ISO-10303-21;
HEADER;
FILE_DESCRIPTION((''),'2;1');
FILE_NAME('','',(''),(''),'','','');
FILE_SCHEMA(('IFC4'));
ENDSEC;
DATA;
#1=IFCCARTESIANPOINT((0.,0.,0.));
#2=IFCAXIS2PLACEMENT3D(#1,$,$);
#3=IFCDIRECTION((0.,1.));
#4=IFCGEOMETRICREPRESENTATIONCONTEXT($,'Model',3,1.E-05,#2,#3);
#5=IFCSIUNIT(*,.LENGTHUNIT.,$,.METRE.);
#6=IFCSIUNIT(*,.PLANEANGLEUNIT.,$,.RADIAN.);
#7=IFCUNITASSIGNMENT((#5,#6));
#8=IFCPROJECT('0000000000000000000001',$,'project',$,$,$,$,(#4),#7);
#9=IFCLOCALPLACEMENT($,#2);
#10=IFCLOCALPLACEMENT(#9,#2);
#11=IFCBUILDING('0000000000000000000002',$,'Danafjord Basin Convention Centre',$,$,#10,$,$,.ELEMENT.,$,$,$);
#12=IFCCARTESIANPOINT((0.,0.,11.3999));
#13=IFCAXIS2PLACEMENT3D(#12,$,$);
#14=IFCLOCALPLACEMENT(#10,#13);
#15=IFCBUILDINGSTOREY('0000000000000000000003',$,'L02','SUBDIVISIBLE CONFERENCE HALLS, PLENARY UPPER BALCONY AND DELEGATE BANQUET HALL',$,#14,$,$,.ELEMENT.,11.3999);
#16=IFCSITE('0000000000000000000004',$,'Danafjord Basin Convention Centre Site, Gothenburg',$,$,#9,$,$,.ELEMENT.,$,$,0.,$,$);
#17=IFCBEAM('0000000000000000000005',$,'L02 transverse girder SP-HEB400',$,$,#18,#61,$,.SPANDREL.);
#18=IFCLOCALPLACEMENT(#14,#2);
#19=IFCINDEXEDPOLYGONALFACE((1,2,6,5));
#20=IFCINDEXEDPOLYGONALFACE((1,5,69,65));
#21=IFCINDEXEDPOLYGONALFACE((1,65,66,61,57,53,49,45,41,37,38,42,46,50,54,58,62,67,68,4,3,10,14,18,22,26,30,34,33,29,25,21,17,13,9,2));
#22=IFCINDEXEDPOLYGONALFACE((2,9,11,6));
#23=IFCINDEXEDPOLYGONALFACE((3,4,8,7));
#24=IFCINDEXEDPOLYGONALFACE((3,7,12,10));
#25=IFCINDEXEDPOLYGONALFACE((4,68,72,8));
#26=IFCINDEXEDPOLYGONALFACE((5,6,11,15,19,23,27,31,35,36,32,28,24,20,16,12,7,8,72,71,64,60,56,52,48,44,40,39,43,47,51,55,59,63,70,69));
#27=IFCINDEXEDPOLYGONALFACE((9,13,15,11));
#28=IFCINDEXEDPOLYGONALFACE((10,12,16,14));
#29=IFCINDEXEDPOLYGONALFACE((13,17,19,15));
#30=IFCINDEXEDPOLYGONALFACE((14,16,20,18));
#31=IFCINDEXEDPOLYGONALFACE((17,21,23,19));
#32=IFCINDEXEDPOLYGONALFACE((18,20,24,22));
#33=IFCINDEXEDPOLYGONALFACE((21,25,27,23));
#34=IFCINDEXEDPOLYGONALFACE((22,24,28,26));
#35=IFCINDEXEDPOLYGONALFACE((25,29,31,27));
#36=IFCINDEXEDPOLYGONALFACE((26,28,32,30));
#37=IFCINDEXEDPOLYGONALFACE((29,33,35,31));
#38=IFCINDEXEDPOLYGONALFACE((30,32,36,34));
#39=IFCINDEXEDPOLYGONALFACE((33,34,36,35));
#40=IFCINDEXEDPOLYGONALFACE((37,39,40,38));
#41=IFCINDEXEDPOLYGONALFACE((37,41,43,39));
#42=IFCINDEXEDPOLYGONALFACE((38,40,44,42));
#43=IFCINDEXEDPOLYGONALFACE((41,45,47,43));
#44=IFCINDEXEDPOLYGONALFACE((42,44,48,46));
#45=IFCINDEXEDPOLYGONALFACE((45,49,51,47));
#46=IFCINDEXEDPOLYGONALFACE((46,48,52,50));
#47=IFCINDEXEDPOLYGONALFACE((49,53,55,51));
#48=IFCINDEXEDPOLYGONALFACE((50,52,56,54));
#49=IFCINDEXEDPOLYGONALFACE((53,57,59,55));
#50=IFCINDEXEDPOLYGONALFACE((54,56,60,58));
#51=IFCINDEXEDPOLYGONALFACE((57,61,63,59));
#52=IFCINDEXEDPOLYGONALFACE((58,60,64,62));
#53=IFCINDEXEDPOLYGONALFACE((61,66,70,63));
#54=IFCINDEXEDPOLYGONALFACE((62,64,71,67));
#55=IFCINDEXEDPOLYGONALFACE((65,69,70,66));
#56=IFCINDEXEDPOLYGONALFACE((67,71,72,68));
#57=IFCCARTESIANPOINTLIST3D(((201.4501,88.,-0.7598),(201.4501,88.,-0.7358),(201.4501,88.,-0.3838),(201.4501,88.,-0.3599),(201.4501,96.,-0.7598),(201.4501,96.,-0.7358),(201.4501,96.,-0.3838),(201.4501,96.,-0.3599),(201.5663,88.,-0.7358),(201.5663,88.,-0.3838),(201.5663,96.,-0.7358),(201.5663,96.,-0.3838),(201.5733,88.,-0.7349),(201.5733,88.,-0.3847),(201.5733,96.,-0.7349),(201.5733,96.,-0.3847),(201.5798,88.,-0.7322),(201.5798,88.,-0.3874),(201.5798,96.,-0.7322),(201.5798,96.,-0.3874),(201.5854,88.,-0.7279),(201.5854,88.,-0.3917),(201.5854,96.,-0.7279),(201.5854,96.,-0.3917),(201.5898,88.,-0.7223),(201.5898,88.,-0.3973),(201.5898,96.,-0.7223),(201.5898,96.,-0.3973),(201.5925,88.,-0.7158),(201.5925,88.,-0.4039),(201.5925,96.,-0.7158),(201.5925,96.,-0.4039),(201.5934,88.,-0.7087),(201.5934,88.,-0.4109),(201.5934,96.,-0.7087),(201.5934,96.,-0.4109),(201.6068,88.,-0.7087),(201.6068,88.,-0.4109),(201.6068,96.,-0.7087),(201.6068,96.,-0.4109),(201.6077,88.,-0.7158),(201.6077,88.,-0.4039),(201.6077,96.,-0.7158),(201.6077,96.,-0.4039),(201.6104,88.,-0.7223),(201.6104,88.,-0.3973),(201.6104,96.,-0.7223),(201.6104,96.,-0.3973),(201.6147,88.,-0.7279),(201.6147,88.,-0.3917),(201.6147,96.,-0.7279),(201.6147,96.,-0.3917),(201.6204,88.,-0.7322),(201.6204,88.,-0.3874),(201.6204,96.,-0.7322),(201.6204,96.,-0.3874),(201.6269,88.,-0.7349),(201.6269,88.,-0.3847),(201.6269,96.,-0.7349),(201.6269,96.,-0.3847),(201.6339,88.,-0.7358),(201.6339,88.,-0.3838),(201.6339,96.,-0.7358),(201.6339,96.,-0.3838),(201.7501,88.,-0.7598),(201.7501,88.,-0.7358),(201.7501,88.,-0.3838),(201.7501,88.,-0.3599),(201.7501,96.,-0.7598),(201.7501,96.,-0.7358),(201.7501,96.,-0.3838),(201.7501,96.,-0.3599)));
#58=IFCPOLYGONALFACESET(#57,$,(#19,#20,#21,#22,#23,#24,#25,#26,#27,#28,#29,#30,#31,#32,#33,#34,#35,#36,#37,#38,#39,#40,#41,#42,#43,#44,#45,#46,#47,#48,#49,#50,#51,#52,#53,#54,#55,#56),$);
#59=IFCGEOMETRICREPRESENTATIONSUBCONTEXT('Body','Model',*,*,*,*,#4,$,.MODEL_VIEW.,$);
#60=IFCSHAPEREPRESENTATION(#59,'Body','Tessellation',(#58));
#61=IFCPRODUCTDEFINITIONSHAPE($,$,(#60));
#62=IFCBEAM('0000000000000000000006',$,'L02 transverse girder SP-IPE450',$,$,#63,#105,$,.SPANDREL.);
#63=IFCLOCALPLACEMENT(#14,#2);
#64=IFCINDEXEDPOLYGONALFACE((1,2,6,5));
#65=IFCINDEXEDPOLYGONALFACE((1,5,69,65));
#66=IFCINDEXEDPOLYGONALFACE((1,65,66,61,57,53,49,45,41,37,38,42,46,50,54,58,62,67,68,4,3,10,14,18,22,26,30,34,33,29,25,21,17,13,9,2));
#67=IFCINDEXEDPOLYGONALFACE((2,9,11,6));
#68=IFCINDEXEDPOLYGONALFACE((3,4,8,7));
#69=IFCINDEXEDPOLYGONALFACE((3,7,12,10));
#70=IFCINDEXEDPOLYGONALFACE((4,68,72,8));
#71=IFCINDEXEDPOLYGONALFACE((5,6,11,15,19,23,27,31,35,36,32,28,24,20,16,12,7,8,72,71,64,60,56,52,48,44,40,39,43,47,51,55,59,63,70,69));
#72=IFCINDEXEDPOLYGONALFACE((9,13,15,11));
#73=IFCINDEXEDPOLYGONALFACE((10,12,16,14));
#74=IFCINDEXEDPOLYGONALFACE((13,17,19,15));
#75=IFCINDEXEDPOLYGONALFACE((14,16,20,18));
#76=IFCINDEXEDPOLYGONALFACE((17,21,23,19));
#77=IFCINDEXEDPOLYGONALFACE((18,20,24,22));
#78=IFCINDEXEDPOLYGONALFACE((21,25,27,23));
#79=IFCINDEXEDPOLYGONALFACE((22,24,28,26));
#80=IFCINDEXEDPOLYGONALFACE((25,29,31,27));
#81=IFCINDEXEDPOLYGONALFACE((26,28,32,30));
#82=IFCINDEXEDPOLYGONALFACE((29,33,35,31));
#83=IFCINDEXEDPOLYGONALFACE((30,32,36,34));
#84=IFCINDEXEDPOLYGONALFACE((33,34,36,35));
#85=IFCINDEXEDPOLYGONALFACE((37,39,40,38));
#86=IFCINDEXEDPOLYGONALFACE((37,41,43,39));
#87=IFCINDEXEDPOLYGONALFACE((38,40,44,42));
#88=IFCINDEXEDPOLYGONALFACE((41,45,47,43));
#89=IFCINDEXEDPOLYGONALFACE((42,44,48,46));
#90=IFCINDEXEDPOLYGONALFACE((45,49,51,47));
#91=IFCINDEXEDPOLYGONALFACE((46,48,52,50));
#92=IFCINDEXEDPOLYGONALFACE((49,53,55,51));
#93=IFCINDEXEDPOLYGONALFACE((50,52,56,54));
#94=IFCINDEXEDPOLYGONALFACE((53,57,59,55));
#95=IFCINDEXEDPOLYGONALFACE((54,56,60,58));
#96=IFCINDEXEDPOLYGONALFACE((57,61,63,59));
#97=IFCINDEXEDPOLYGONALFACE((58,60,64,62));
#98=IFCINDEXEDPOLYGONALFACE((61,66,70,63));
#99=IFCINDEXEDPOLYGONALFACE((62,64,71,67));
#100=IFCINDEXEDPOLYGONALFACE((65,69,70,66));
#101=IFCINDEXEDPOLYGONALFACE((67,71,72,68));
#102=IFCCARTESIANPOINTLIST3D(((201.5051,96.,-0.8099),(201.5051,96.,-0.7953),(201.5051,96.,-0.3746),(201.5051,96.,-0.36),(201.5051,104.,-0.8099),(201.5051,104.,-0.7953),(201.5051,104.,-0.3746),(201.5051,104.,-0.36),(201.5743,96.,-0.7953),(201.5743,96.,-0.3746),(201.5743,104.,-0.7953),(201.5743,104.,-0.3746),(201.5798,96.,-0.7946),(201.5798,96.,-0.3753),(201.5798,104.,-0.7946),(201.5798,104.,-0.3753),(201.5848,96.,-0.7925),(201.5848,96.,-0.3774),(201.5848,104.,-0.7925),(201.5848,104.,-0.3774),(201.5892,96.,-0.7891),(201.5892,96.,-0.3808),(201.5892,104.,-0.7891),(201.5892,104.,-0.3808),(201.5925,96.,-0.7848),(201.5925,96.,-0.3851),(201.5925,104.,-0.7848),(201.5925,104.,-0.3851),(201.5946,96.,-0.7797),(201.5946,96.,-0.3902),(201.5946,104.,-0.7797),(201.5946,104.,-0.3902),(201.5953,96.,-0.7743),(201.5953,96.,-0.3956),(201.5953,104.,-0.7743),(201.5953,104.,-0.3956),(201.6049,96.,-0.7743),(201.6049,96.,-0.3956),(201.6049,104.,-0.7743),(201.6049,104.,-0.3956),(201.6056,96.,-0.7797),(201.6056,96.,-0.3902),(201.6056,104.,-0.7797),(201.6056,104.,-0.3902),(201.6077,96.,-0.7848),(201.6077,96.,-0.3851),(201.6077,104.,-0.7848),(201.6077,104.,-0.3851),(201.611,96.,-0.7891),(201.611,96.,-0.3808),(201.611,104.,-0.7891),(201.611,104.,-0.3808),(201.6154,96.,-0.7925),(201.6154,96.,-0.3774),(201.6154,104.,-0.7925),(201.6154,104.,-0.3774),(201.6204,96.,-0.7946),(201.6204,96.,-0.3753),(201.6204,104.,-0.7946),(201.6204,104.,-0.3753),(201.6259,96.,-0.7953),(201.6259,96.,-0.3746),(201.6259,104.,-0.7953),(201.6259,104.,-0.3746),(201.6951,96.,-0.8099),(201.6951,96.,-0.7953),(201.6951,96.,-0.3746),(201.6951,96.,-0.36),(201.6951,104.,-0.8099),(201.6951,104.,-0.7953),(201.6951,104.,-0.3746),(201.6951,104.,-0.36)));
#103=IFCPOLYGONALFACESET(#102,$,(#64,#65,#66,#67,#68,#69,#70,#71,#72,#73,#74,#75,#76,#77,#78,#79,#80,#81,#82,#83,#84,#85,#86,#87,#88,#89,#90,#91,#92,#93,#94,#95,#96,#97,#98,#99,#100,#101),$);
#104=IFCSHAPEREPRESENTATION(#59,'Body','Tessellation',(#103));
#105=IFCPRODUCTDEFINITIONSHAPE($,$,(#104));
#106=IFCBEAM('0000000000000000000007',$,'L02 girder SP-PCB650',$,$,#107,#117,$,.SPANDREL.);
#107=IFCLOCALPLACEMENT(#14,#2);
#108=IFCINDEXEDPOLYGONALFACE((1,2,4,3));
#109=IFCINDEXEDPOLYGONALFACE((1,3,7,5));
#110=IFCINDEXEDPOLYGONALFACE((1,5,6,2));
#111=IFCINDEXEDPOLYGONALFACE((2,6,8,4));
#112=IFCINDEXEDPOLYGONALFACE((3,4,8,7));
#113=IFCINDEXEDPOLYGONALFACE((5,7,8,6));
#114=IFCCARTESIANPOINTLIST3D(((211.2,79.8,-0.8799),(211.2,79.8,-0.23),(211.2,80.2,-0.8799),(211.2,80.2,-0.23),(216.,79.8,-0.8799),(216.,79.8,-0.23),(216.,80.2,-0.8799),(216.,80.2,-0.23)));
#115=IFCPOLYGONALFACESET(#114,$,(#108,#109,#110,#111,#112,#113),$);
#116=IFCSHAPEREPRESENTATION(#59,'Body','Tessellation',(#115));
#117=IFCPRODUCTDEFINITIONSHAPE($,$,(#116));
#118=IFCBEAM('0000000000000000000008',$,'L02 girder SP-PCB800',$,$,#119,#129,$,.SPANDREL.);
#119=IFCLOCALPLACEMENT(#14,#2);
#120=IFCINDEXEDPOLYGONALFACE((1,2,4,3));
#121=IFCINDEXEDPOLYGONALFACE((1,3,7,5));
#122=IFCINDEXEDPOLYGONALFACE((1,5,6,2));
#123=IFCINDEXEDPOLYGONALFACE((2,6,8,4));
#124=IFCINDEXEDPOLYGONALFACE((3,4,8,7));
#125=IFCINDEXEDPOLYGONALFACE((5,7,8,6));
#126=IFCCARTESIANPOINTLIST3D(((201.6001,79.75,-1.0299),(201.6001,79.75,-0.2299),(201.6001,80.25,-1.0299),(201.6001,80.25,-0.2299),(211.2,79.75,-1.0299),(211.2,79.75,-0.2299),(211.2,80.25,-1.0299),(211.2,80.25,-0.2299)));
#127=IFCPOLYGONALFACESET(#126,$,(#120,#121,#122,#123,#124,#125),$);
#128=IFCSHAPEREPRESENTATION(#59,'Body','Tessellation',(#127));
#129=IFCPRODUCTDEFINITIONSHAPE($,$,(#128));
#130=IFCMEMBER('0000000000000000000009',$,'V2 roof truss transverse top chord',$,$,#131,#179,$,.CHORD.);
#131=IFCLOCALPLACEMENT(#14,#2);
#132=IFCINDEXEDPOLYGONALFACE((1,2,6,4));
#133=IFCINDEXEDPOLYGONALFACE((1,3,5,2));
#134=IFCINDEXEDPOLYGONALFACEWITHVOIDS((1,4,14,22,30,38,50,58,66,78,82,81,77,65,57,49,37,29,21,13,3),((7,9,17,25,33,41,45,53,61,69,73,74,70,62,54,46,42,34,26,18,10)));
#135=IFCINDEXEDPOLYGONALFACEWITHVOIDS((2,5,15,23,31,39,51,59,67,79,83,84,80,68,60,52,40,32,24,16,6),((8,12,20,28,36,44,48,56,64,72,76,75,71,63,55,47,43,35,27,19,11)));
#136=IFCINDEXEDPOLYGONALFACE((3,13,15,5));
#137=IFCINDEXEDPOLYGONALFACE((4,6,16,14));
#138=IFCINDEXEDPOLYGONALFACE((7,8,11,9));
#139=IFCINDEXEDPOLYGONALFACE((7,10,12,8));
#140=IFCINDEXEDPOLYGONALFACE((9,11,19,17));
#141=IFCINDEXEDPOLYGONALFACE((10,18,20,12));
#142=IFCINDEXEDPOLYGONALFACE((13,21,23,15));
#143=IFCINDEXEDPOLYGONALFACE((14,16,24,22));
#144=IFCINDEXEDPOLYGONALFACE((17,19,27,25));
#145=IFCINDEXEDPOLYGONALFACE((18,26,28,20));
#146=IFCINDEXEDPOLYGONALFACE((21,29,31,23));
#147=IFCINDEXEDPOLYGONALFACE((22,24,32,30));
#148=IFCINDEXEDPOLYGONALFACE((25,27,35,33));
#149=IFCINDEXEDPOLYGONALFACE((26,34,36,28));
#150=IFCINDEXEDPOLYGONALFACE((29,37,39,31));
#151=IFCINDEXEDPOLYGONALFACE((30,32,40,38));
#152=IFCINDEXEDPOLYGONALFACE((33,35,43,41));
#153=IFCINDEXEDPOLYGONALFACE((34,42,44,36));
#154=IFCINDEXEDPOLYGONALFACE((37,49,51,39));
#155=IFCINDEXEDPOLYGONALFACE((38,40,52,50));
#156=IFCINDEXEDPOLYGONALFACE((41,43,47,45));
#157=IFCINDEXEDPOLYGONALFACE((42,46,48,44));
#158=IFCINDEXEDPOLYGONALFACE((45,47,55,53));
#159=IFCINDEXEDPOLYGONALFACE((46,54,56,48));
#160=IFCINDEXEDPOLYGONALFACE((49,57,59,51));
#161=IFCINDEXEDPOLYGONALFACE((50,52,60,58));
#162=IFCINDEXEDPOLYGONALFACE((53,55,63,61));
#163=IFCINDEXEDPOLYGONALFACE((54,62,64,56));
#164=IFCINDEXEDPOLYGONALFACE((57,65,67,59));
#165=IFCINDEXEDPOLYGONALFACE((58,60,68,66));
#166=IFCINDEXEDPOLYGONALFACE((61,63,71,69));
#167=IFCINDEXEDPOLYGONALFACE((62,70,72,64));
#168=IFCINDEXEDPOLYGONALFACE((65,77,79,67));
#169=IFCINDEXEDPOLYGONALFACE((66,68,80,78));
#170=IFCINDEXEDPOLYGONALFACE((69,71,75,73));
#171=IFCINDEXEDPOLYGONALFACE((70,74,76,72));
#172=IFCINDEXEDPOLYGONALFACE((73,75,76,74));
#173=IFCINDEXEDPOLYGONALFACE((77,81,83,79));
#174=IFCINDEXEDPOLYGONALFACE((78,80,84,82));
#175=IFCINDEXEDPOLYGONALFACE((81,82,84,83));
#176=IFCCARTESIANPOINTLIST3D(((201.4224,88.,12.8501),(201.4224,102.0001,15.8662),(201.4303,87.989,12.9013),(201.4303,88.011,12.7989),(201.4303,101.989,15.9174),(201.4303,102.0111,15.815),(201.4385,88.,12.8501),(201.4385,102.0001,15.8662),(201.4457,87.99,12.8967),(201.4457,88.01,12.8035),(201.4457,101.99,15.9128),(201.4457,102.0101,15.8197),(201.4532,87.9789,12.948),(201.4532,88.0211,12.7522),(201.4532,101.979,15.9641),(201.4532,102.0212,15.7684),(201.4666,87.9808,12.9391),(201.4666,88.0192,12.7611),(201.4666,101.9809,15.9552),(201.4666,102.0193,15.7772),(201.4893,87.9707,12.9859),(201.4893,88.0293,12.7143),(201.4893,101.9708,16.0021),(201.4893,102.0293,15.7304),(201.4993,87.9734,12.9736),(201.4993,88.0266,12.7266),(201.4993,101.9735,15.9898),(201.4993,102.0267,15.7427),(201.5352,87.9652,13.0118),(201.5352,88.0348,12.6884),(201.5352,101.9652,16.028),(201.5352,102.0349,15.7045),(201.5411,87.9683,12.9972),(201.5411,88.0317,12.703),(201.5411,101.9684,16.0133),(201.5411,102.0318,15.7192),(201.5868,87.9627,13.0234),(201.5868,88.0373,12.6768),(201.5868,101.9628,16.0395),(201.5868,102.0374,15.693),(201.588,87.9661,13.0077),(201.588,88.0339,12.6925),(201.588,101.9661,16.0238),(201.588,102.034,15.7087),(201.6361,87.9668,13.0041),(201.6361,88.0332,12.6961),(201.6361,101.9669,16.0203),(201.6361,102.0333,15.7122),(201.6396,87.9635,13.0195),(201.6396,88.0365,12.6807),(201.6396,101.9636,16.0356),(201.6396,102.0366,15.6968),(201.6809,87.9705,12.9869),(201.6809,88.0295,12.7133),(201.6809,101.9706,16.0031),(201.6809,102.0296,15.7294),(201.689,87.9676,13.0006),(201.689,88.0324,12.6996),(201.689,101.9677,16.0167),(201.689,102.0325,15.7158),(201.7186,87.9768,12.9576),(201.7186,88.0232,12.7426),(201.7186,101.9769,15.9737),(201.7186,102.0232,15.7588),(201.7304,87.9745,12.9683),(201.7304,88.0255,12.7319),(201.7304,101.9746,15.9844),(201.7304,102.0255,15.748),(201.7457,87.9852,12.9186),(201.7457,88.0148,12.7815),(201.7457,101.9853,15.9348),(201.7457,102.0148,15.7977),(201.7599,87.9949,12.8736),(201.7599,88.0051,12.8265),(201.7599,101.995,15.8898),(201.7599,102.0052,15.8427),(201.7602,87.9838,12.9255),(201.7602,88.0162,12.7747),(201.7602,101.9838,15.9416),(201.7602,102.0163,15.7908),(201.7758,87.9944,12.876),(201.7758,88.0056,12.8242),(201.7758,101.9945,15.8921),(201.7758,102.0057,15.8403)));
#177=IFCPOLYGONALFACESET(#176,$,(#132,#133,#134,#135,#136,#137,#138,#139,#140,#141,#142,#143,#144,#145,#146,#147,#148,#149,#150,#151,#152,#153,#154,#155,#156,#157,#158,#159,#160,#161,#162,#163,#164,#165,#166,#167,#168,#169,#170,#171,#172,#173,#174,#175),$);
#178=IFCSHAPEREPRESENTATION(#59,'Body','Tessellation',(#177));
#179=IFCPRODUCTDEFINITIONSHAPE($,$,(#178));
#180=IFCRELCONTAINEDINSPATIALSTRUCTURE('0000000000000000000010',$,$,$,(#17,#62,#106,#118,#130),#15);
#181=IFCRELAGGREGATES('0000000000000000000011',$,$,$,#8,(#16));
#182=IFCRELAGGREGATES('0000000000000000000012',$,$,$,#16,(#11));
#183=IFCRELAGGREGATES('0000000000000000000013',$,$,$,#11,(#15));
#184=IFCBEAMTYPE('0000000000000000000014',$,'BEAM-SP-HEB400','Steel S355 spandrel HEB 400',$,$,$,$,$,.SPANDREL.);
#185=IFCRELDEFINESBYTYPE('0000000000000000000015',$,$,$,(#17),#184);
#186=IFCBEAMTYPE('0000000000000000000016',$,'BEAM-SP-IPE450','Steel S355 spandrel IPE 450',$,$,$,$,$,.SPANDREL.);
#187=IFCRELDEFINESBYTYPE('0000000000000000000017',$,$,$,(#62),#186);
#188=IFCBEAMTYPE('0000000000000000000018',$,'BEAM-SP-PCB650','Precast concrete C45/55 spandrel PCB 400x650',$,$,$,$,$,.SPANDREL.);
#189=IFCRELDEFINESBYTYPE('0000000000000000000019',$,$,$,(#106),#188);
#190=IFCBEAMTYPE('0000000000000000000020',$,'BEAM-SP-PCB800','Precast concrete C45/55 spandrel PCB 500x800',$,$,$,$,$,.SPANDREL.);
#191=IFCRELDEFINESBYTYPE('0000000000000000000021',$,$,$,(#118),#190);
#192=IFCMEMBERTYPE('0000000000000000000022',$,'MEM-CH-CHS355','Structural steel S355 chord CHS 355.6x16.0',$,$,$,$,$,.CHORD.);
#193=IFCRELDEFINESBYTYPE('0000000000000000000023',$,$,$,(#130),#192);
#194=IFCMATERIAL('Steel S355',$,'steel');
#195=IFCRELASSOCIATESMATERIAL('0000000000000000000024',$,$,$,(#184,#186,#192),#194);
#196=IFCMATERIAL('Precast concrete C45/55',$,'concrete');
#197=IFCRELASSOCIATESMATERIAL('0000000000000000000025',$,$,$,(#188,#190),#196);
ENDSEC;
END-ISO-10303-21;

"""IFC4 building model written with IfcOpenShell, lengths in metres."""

from ifc_helpers import new_model, si_unit, direction, frame, origin, origin_2d, place, context, subcontext, project, spatial, rectangle, hollow_circle, i_section, extrude, material, material_profile, profile_set, type_object, element, save


model = new_model("IFC4")

# Units and contexts
model_context = context("Model", 3, precision=1e-05, world=origin(), true_north=direction((0.0, 1.0)))
body_context = subcontext(model_context, "Body", "Model", "MODEL_VIEW")
ifc_project = project(units=[si_unit("LENGTHUNIT", "METRE"), si_unit("PLANEANGLEUNIT", "RADIAN")], contexts=[model_context])

# Site, building, storey
site_placement = place(None, origin())
site = spatial("IfcSite", under=ifc_project, at=site_placement, Name="Danafjord Basin Convention Centre Site, Gothenburg", CompositionType="ELEMENT", RefElevation=0.0)
building_placement = place(site_placement, origin())
building = spatial("IfcBuilding", under=site, at=building_placement, Name="Danafjord Basin Convention Centre", CompositionType="ELEMENT")
storey_placement = place(building_placement, frame((0.0, 0.0, 11.3999)))
storey = spatial("IfcBuildingStorey", under=building, at=storey_placement, Name="L02", Description="SUBDIVISIBLE CONFERENCE HALLS, PLENARY UPPER BALCONY AND DELEGATE BANQUET HALL", CompositionType="ELEMENT", Elevation=11.3999)

# Shared definitions
ifc_material_1 = material(Name="Steel S355", Category="steel")

# Beams
ifc_material_profile_1 = material_profile(ifc_material_1, i_section(OverallWidth=0.3, OverallDepth=0.3999, WebThickness=0.0134, FlangeThickness=0.0239, FilletRadius=0.0271, at=origin_2d()), Name="HEB 400")
ifc_profile_set_1 = profile_set([ifc_material_profile_1], Name="Steel S355")
beam_type_1 = type_object("IfcBeamType", Name="BEAM-SP-HEB400", Description="Steel S355 spandrel HEB 400", PredefinedType="SPANDREL", material=ifc_profile_set_1)
beam_1_placement = place(storey_placement, frame((201.6001, 88.0, -0.5598), z_axis=(0.0, 1.0, 0.0), x_axis=(-1.0, 0.0, 0.0)))
element("IfcBeam", 1, at=beam_1_placement, inside=storey, type_object=beam_type_1, Name="L02 transverse girder SP-HEB400", PredefinedType="SPANDREL", context=body_context, shape_type="SweptSolid", body=[
    extrude(i_section(OverallWidth=0.3, OverallDepth=0.3999, WebThickness=0.0134, FlangeThickness=0.0239, FilletRadius=0.0271, at=origin_2d()), origin(), (0.0, 0.0, 1.0), 8.0),
])
ifc_material_profile_2 = material_profile(ifc_material_1, i_section(OverallWidth=0.1899, OverallDepth=0.45, WebThickness=0.0095, FlangeThickness=0.0146, FilletRadius=0.021, at=origin_2d()), Name="IPE 450")
ifc_profile_set_2 = profile_set([ifc_material_profile_2], Name="Steel S355")
beam_type_2 = type_object("IfcBeamType", Name="BEAM-SP-IPE450", Description="Steel S355 spandrel IPE 450", PredefinedType="SPANDREL", material=ifc_profile_set_2)
beam_2_placement = place(storey_placement, frame((201.6001, 96.0, -0.585), z_axis=(0.0, 1.0, 0.0), x_axis=(-1.0, 0.0, 0.0)))
element("IfcBeam", 2, at=beam_2_placement, inside=storey, type_object=beam_type_2, Name="L02 transverse girder SP-IPE450", PredefinedType="SPANDREL", context=body_context, shape_type="SweptSolid", body=[
    extrude(i_section(OverallWidth=0.1899, OverallDepth=0.45, WebThickness=0.0095, FlangeThickness=0.0146, FilletRadius=0.021, at=origin_2d()), origin(), (0.0, 0.0, 1.0), 8.0),
])
ifc_material_2 = material(Name="Precast concrete C45/55", Category="concrete")
ifc_material_profile_3 = material_profile(ifc_material_2, rectangle(XDim=0.3999, YDim=0.6499, at=origin_2d()), Name="PCB 400x650")
ifc_profile_set_3 = profile_set([ifc_material_profile_3], Name="Precast concrete C45/55")
beam_type_3 = type_object("IfcBeamType", Name="BEAM-SP-PCB650", Description="Precast concrete C45/55 spandrel PCB 400x650", PredefinedType="SPANDREL", material=ifc_profile_set_3)
beam_3_placement = place(storey_placement, frame((211.2, 80.0, -0.5549), z_axis=(1.0, 0.0, 0.0), x_axis=(0.0, 1.0, 0.0)))
element("IfcBeam", 3, at=beam_3_placement, inside=storey, type_object=beam_type_3, Name="L02 girder SP-PCB650", PredefinedType="SPANDREL", context=body_context, shape_type="SweptSolid", body=[
    extrude(rectangle(XDim=0.3999, YDim=0.6499, at=origin_2d()), origin(), (0.0, 0.0, 1.0), 4.8),
])
ifc_material_profile_4 = material_profile(ifc_material_2, rectangle(XDim=0.5, YDim=0.8, at=origin_2d()), Name="PCB 500x800")
ifc_profile_set_4 = profile_set([ifc_material_profile_4], Name="Precast concrete C45/55")
beam_type_4 = type_object("IfcBeamType", Name="BEAM-SP-PCB800", Description="Precast concrete C45/55 spandrel PCB 500x800", PredefinedType="SPANDREL", material=ifc_profile_set_4)
beam_4_placement = place(storey_placement, frame((201.6001, 80.0, -0.6299), z_axis=(1.0, 0.0, 0.0), x_axis=(0.0, 1.0, 0.0)))
element("IfcBeam", 4, at=beam_4_placement, inside=storey, type_object=beam_type_4, Name="L02 girder SP-PCB800", PredefinedType="SPANDREL", context=body_context, shape_type="SweptSolid", body=[
    extrude(rectangle(XDim=0.5, YDim=0.8, at=origin_2d()), origin(), (0.0, 0.0, 1.0), 9.5999),
])

# Member
ifc_material_profile_5 = material_profile(ifc_material_1, hollow_circle(Radius=0.1777, WallThickness=0.0161, at=origin_2d()), Name="CHS 355.6x16.0")
ifc_profile_set_5 = profile_set([ifc_material_profile_5], Name="Steel S355")
member_type_1 = type_object("IfcMemberType", Name="MEM-CH-CHS355", Description="Structural steel S355 chord CHS 355.6x16.0", PredefinedType="CHORD", material=ifc_profile_set_5)
member_1_placement = place(storey_placement, frame((201.6001, 88.0, 12.8501), z_axis=(0.0, 0.977571, 0.210605), x_axis=(-1.0, 0.0, 0.0)))
element("IfcMember", 5, at=member_1_placement, inside=storey, type_object=member_type_1, Name="V2 roof truss transverse top chord", PredefinedType="CHORD", context=body_context, shape_type="SweptSolid", body=[
    extrude(hollow_circle(Radius=0.1777, WallThickness=0.0161, at=origin_2d()), origin(), (0.0, 0.0, 1.0), 14.3213),
])

save(model, "model.ifc")
